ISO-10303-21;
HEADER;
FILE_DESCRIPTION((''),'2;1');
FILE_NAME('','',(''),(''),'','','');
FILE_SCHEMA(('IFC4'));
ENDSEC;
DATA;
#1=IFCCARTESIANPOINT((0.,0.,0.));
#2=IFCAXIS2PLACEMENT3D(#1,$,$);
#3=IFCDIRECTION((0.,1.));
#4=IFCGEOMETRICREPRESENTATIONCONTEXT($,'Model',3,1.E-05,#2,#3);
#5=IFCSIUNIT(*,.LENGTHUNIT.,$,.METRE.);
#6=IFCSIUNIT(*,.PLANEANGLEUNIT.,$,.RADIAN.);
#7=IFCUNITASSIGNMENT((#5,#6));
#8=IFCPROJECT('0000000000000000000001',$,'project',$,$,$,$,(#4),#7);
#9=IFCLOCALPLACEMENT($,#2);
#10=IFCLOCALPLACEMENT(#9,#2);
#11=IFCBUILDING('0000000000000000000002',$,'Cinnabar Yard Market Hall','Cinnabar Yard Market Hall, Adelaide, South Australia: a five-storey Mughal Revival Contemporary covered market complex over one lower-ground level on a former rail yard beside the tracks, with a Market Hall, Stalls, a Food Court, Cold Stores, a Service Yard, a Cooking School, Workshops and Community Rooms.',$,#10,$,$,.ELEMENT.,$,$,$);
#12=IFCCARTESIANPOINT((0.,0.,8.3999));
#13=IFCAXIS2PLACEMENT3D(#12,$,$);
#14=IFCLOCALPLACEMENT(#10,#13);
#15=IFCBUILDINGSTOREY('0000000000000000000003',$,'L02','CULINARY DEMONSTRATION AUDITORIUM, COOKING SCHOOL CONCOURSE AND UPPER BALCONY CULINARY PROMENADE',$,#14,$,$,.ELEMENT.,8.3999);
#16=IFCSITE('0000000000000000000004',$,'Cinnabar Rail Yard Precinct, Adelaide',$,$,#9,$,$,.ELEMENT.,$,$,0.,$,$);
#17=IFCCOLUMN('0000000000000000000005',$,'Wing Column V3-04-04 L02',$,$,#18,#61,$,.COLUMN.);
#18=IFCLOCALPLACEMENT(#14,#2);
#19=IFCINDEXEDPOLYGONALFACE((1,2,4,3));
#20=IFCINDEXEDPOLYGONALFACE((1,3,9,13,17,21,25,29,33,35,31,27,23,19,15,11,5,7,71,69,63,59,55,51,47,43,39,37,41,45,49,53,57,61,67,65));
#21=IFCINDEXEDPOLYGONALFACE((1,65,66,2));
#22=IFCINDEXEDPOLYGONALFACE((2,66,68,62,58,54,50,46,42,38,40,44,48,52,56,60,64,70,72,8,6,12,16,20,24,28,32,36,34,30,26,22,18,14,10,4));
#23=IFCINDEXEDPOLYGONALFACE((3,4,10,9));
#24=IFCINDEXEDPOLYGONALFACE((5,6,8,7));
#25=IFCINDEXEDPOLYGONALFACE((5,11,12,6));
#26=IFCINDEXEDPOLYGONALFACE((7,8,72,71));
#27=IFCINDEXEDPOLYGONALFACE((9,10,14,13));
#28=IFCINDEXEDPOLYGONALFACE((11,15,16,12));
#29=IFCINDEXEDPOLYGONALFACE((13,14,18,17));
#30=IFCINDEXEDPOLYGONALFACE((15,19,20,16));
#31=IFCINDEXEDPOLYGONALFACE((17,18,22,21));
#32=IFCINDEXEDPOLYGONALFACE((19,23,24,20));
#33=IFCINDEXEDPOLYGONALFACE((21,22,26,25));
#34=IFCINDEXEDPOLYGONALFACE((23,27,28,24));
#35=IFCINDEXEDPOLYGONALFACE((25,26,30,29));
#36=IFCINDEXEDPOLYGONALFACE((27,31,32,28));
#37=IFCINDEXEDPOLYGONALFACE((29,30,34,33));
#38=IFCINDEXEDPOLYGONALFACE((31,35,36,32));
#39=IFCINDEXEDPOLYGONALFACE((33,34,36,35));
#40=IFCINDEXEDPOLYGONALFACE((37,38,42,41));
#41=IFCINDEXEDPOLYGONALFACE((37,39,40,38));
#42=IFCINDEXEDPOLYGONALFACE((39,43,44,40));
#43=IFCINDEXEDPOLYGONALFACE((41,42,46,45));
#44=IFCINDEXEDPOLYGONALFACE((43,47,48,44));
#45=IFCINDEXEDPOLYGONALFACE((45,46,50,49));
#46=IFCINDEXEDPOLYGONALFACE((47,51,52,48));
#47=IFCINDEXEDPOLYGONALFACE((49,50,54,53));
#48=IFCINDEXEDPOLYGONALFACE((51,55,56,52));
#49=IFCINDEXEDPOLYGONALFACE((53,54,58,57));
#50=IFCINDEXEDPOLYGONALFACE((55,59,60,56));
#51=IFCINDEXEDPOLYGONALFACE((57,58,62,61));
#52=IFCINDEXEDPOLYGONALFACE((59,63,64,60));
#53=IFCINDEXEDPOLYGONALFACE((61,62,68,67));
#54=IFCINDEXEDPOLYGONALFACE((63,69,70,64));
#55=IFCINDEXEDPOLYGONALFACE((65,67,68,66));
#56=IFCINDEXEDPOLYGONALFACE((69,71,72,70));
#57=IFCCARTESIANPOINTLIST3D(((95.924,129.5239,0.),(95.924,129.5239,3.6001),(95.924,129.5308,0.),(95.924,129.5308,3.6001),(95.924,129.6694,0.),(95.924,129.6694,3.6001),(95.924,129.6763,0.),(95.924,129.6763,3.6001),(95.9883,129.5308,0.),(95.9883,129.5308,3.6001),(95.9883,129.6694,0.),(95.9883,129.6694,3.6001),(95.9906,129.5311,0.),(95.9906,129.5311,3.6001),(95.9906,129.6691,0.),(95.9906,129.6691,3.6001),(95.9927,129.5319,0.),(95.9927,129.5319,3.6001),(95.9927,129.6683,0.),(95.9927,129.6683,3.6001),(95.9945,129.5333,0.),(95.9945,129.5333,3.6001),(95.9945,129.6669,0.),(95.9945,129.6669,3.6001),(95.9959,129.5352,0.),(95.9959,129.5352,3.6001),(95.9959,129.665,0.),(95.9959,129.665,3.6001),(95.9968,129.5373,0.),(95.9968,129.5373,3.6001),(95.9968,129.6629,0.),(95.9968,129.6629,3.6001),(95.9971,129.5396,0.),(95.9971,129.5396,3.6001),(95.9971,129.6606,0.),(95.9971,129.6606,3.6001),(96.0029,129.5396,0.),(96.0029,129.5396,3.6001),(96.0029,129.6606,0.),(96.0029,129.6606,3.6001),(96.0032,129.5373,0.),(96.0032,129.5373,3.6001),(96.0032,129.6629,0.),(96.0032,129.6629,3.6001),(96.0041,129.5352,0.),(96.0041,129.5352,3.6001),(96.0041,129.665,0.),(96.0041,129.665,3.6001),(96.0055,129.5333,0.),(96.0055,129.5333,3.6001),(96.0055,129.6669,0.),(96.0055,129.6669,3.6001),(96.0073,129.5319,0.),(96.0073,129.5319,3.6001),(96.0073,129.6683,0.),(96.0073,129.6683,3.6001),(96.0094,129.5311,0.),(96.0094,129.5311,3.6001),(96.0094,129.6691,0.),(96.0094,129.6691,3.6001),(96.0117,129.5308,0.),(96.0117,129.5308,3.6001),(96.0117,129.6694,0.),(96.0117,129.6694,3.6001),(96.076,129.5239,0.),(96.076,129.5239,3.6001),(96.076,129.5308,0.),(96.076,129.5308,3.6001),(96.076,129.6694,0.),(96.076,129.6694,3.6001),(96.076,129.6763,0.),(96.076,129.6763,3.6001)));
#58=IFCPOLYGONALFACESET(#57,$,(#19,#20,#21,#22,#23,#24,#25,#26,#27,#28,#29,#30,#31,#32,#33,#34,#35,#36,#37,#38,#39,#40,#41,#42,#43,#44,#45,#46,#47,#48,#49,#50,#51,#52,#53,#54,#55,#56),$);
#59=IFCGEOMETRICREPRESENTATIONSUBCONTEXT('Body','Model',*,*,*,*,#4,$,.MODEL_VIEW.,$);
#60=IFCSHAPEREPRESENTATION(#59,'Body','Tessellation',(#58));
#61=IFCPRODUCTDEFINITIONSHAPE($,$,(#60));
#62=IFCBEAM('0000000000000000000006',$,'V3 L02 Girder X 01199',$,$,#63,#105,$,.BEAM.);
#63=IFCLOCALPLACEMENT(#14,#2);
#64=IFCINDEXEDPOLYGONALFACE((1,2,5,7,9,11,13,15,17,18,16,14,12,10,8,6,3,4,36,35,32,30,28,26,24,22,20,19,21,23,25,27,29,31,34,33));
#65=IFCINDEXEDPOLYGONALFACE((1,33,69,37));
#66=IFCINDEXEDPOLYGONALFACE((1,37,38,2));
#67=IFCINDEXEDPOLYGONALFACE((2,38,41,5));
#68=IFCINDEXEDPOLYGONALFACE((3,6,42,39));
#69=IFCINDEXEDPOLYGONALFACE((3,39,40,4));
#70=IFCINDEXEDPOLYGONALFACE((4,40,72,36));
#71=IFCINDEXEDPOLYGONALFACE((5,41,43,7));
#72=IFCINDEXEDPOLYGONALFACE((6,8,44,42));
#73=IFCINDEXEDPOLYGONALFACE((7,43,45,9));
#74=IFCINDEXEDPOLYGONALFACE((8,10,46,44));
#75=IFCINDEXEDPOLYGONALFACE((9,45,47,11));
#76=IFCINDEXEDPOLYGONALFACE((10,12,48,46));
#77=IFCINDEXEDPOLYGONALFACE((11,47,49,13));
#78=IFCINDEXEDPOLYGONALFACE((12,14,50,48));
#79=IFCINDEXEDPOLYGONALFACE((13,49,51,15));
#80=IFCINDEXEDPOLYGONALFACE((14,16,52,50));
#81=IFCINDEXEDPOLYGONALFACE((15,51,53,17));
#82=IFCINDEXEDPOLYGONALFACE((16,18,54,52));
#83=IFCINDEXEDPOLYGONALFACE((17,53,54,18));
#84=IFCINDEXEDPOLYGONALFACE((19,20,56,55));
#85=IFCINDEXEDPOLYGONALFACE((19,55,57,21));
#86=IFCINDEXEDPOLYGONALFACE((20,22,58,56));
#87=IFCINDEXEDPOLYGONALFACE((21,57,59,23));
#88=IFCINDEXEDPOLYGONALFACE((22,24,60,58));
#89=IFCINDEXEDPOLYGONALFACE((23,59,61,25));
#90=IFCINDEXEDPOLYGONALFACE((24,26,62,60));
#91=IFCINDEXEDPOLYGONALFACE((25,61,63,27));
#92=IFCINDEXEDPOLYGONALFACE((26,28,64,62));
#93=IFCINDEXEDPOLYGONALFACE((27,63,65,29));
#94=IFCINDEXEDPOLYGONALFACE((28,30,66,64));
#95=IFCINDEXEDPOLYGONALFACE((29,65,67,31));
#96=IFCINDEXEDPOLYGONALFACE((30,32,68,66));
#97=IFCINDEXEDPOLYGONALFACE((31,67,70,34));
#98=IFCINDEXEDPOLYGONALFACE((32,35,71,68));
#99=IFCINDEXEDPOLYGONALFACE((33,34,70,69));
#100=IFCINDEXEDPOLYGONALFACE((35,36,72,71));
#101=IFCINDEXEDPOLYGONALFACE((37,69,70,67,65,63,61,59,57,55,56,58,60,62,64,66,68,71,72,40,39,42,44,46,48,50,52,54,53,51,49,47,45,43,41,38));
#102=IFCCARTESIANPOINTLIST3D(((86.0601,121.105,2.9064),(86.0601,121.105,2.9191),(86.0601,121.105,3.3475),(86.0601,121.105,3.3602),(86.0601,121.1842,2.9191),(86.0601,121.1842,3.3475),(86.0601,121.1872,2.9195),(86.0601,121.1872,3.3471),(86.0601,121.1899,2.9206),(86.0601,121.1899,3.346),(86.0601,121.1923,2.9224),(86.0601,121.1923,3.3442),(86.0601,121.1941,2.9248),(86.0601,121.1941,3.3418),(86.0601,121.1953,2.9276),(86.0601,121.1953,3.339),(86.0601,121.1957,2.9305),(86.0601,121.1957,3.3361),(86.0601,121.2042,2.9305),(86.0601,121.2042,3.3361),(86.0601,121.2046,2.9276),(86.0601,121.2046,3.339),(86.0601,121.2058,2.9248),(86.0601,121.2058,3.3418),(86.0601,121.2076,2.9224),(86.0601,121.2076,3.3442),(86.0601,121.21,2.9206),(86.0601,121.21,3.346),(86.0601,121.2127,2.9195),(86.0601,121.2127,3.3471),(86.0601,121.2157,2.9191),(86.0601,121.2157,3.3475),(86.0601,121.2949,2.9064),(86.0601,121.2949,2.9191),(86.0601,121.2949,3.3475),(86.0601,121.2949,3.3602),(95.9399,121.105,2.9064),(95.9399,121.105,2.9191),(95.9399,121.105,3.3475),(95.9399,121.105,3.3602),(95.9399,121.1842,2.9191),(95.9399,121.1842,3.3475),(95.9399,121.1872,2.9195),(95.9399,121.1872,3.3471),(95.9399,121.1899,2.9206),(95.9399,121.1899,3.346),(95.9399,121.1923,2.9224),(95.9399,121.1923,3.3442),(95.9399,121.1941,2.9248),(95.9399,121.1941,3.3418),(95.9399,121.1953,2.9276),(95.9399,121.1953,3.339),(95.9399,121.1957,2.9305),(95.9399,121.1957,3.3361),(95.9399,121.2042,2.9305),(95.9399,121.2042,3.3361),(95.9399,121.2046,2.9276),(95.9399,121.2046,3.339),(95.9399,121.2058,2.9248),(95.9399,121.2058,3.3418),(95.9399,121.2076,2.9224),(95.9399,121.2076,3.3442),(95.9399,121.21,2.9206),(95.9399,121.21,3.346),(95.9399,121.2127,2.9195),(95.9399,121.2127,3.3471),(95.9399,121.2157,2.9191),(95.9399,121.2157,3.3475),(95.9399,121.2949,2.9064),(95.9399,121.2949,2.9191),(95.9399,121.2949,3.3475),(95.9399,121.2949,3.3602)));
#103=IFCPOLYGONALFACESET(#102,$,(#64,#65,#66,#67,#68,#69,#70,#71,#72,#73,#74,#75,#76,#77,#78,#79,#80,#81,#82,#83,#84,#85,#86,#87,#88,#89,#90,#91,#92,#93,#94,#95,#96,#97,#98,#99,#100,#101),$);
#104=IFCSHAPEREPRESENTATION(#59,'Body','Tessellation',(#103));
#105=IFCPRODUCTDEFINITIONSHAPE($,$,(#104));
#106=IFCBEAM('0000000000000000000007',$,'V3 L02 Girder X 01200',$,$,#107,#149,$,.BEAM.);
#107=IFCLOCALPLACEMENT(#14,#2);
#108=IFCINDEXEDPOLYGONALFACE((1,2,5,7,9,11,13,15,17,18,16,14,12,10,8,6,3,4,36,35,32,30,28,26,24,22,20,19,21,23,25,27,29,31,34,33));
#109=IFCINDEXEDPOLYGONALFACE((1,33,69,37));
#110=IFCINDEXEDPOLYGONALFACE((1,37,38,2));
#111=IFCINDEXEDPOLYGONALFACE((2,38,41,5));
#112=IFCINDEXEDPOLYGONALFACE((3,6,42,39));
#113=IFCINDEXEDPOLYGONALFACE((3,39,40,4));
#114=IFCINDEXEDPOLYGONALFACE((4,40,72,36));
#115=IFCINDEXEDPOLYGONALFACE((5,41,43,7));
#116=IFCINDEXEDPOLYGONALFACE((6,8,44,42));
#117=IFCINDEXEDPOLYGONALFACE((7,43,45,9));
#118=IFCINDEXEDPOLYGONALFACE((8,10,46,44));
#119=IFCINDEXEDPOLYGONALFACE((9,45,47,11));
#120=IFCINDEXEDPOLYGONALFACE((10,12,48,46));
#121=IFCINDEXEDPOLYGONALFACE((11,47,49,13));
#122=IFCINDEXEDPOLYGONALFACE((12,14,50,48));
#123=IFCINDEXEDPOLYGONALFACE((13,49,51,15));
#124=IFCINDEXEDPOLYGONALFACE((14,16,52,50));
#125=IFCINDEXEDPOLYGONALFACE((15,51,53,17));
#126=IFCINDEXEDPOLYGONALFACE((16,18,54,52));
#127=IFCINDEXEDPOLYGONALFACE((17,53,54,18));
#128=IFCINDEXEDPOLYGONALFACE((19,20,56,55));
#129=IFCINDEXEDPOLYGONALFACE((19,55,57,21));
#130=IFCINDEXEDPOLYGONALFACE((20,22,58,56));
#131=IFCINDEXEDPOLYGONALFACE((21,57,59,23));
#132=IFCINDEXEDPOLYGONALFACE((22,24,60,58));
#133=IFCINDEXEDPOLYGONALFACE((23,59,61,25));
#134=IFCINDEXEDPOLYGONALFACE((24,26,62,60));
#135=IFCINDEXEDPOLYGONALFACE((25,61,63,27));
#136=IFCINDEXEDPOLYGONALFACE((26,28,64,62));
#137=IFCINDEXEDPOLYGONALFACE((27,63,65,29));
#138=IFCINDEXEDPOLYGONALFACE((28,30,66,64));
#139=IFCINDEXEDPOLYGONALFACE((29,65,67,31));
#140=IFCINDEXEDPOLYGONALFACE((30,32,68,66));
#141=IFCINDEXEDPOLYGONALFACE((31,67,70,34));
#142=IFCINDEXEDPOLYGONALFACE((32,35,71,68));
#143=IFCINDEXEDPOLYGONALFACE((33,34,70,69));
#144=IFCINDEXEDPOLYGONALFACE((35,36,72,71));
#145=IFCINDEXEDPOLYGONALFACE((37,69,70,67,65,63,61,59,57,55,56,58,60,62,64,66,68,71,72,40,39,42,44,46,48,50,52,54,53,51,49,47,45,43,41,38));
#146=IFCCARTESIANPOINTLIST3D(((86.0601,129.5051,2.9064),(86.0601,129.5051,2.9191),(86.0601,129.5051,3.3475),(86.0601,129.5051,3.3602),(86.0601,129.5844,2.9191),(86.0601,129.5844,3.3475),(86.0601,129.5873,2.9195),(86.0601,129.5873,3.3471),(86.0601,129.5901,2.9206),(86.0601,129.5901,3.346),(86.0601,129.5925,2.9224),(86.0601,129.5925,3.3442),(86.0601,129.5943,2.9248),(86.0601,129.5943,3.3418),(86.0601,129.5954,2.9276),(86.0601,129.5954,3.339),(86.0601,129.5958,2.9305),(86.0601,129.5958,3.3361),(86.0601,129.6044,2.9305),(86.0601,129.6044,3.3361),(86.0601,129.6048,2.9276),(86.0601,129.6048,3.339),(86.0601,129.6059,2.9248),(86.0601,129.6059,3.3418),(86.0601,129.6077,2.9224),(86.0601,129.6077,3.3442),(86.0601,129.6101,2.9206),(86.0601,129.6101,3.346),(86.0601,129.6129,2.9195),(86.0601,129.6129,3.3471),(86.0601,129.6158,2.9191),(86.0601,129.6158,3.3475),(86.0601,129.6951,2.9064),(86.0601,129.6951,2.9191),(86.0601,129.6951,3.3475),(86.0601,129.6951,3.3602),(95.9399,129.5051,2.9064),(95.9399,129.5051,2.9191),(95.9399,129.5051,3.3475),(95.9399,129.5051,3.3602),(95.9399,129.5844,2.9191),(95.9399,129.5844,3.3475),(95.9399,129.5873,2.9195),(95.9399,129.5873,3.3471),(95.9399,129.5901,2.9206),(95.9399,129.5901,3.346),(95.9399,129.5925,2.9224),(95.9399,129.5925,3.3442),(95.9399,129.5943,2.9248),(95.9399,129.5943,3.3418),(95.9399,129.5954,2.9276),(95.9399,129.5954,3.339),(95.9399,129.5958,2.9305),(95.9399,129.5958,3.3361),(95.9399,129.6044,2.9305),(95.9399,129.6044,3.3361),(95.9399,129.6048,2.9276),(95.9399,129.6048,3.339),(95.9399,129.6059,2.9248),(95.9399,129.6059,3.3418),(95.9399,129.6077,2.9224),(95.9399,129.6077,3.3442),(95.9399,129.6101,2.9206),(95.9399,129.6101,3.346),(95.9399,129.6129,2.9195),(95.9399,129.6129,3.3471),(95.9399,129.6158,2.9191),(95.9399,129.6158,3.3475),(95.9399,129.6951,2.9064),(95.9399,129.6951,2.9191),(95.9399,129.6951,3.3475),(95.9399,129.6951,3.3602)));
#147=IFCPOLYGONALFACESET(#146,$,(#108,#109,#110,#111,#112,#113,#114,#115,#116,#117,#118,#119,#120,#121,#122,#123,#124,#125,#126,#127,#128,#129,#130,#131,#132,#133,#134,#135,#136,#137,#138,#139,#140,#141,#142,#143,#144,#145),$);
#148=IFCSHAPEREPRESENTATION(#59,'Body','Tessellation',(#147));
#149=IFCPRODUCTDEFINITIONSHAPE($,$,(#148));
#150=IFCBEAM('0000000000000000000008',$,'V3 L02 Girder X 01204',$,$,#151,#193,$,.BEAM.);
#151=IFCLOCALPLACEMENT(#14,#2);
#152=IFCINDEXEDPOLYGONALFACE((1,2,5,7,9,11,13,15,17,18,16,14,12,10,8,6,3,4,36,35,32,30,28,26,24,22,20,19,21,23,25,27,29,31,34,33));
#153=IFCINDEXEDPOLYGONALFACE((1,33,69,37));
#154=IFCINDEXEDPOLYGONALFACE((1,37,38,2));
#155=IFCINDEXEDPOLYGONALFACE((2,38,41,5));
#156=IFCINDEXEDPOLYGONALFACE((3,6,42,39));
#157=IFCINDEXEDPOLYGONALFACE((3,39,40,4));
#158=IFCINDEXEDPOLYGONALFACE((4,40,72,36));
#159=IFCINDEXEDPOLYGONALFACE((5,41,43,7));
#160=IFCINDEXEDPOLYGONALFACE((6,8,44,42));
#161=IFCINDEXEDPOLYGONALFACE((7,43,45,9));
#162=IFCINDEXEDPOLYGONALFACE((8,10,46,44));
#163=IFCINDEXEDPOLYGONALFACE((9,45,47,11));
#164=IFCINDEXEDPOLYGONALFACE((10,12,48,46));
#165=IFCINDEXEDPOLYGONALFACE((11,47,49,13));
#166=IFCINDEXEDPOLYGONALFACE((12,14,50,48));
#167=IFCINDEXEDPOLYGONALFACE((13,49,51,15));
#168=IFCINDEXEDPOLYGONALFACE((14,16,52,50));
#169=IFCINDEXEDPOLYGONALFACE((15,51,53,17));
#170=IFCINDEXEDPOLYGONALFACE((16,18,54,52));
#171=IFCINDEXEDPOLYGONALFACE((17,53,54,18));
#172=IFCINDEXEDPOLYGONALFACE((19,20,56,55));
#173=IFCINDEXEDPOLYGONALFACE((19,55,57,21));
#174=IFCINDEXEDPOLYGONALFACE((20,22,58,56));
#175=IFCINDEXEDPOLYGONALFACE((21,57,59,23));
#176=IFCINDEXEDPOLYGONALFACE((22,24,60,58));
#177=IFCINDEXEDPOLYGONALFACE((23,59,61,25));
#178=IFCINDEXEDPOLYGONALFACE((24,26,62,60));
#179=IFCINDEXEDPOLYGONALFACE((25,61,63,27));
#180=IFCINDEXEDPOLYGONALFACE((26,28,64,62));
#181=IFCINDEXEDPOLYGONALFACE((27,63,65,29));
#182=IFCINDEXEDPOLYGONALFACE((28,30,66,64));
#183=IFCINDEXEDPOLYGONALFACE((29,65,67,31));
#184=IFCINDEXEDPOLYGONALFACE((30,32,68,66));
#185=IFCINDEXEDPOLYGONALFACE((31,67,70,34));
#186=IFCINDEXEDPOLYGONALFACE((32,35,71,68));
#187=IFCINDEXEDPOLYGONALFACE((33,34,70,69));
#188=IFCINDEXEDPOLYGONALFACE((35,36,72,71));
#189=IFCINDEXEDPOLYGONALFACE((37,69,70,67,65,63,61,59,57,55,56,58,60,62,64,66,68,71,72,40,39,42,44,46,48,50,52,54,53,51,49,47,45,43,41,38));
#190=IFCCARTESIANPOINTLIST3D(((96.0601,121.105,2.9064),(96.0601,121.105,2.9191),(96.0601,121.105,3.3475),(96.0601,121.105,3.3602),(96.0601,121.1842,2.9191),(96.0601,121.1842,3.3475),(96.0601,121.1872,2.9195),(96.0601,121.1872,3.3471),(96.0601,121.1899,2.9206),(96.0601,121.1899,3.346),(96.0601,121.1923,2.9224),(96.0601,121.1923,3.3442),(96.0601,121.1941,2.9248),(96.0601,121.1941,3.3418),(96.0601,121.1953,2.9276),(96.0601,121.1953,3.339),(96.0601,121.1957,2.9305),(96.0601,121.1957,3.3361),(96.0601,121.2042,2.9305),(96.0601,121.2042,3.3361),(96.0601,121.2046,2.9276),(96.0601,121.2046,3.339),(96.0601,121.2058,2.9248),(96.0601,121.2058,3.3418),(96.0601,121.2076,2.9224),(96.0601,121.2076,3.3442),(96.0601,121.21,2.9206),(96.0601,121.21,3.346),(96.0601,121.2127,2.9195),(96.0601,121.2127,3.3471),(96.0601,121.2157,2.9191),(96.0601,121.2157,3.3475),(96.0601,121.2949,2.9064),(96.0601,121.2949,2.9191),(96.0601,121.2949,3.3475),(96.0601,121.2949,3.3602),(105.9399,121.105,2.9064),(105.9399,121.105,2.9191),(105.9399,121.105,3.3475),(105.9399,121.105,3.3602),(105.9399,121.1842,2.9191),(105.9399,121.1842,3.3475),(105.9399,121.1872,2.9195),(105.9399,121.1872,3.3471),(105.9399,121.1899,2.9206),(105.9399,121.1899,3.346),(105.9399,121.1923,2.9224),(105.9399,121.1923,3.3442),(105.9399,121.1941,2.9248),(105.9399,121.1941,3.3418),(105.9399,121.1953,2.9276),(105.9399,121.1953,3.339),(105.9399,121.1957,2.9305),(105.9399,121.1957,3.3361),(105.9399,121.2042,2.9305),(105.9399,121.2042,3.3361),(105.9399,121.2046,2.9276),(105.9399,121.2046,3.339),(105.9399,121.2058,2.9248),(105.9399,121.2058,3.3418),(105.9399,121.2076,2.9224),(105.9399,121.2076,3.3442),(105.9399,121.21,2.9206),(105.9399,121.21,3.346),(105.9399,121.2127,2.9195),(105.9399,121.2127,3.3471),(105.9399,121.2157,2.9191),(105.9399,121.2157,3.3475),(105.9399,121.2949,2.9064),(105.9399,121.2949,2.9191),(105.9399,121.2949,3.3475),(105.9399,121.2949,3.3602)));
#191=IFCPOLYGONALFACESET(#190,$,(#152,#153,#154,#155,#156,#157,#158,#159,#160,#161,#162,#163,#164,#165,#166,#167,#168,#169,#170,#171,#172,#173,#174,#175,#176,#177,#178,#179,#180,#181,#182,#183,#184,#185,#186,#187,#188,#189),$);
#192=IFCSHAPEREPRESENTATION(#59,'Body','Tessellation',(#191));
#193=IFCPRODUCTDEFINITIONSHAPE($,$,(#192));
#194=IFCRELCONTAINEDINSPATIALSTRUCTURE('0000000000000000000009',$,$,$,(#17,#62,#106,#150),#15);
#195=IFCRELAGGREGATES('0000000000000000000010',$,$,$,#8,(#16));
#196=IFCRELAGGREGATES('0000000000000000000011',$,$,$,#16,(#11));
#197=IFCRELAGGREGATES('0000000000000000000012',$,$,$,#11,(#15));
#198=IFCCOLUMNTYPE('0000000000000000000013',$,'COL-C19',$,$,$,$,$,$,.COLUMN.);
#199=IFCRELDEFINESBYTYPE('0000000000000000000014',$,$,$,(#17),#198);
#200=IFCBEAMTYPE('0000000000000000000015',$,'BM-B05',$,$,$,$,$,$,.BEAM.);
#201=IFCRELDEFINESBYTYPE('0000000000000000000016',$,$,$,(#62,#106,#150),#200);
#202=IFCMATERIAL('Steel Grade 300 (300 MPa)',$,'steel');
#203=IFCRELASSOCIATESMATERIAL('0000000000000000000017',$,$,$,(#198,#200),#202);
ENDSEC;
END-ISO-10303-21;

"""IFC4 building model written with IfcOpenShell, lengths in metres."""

from ifc_helpers import new_model, si_unit, direction, frame, origin, origin_2d_with_axis, place, context, subcontext, project, spatial, i_section, extrude, material, material_profile, profile_set, type_object, element, save


model = new_model("IFC4")

# Units and contexts
model_context = context("Model", 3, precision=1e-05, world=origin(), true_north=direction((0.0, 1.0)))
body_context = subcontext(model_context, "Body", "Model", "MODEL_VIEW")
ifc_project = project(units=[si_unit("LENGTHUNIT", "METRE"), si_unit("PLANEANGLEUNIT", "RADIAN")], contexts=[model_context])

# Site, building, storey
site_placement = place(None, origin())
site = spatial("IfcSite", under=ifc_project, at=site_placement, Name="Cinnabar Rail Yard Precinct, Adelaide", CompositionType="ELEMENT", RefElevation=0.0)
building_placement = place(site_placement, origin())
building = spatial("IfcBuilding", under=site, at=building_placement, Name="Cinnabar Yard Market Hall", Description="Cinnabar Yard Market Hall, Adelaide, South Australia: a five-storey Mughal Revival Contemporary covered market complex over one lower-ground level on a former rail yard beside the tracks, with a Market Hall, Stalls, a Food Court, Cold Stores, a Service Yard, a Cooking School, Workshops and Community Rooms.", CompositionType="ELEMENT")
storey_placement = place(building_placement, frame((0.0, 0.0, 8.3999)))
storey = spatial("IfcBuildingStorey", under=building, at=storey_placement, Name="L02", Description="CULINARY DEMONSTRATION AUDITORIUM, COOKING SCHOOL CONCOURSE AND UPPER BALCONY CULINARY PROMENADE", CompositionType="ELEMENT", Elevation=8.3999)

# Column
ifc_material_1 = material(Name="Steel Grade 300 (300 MPa)", Category="steel")
ifc_material_profile_1 = material_profile(ifc_material_1, i_section(OverallWidth=0.1521, OverallDepth=0.1523, WebThickness=0.0059, FlangeThickness=0.0068, FilletRadius=0.0088, at=origin_2d_with_axis()), Name="150UC23.4")
ifc_profile_set_1 = profile_set([ifc_material_profile_1], Name="Steel Grade 300 (300 MPa)")
column_type_1 = type_object("IfcColumnType", Name="COL-C19", PredefinedType="COLUMN", material=ifc_profile_set_1)
column_1_placement = place(storey_placement, frame((96.0, 129.6001, 0.0), z_axis=(0.0, 0.0, 1.0), x_axis=(1.0, 0.0, 0.0)))
element("IfcColumn", 1, at=column_1_placement, inside=storey, type_object=column_type_1, Name="Wing Column V3-04-04 L02", PredefinedType="COLUMN", context=body_context, shape_type="SweptSolid", body=[
    extrude(i_section(OverallWidth=0.1521, OverallDepth=0.1523, WebThickness=0.0059, FlangeThickness=0.0068, FilletRadius=0.0088, at=origin_2d_with_axis()), origin(), (0.0, 0.0, 1.0), 3.6001),
])

# Beams
ifc_material_profile_2 = material_profile(ifc_material_1, i_section(OverallWidth=0.1899, OverallDepth=0.4539, WebThickness=0.0085, FlangeThickness=0.0127, FilletRadius=0.0115, at=origin_2d_with_axis()), Name="460UB67.1")
ifc_profile_set_2 = profile_set([ifc_material_profile_2], Name="Steel Grade 300 (300 MPa)")
beam_type_1 = type_object("IfcBeamType", Name="BM-B05", PredefinedType="BEAM", material=ifc_profile_set_2)
for number, where, z_axis, x_axis, name in (
    (2, (86.0601, 121.2, 3.1333), (1.0, 0.0, 0.0), (0.0, 1.0, 0.0), "V3 L02 Girder X 01199"),
    (3, (86.0601, 129.6001, 3.1333), (1.0, 0.0, 0.0), (0.0, 1.0, 0.0), "V3 L02 Girder X 01200"),
    (4, (96.0601, 121.2, 3.1333), (1.0, 0.0, 0.0), (0.0, 1.0, 0.0), "V3 L02 Girder X 01204"),
):
    element("IfcBeam", number, at=place(storey_placement, frame(where, z_axis=z_axis, x_axis=x_axis)), inside=storey, type_object=beam_type_1, Name=name, PredefinedType="BEAM", context=body_context, shape_type="SweptSolid", body=[
        extrude(i_section(OverallWidth=0.1899, OverallDepth=0.4539, WebThickness=0.0085, FlangeThickness=0.0127, FilletRadius=0.0115, at=origin_2d_with_axis()), origin(), (0.0, 0.0, 1.0), 9.8799),
    ])

save(model, "model.ifc")
